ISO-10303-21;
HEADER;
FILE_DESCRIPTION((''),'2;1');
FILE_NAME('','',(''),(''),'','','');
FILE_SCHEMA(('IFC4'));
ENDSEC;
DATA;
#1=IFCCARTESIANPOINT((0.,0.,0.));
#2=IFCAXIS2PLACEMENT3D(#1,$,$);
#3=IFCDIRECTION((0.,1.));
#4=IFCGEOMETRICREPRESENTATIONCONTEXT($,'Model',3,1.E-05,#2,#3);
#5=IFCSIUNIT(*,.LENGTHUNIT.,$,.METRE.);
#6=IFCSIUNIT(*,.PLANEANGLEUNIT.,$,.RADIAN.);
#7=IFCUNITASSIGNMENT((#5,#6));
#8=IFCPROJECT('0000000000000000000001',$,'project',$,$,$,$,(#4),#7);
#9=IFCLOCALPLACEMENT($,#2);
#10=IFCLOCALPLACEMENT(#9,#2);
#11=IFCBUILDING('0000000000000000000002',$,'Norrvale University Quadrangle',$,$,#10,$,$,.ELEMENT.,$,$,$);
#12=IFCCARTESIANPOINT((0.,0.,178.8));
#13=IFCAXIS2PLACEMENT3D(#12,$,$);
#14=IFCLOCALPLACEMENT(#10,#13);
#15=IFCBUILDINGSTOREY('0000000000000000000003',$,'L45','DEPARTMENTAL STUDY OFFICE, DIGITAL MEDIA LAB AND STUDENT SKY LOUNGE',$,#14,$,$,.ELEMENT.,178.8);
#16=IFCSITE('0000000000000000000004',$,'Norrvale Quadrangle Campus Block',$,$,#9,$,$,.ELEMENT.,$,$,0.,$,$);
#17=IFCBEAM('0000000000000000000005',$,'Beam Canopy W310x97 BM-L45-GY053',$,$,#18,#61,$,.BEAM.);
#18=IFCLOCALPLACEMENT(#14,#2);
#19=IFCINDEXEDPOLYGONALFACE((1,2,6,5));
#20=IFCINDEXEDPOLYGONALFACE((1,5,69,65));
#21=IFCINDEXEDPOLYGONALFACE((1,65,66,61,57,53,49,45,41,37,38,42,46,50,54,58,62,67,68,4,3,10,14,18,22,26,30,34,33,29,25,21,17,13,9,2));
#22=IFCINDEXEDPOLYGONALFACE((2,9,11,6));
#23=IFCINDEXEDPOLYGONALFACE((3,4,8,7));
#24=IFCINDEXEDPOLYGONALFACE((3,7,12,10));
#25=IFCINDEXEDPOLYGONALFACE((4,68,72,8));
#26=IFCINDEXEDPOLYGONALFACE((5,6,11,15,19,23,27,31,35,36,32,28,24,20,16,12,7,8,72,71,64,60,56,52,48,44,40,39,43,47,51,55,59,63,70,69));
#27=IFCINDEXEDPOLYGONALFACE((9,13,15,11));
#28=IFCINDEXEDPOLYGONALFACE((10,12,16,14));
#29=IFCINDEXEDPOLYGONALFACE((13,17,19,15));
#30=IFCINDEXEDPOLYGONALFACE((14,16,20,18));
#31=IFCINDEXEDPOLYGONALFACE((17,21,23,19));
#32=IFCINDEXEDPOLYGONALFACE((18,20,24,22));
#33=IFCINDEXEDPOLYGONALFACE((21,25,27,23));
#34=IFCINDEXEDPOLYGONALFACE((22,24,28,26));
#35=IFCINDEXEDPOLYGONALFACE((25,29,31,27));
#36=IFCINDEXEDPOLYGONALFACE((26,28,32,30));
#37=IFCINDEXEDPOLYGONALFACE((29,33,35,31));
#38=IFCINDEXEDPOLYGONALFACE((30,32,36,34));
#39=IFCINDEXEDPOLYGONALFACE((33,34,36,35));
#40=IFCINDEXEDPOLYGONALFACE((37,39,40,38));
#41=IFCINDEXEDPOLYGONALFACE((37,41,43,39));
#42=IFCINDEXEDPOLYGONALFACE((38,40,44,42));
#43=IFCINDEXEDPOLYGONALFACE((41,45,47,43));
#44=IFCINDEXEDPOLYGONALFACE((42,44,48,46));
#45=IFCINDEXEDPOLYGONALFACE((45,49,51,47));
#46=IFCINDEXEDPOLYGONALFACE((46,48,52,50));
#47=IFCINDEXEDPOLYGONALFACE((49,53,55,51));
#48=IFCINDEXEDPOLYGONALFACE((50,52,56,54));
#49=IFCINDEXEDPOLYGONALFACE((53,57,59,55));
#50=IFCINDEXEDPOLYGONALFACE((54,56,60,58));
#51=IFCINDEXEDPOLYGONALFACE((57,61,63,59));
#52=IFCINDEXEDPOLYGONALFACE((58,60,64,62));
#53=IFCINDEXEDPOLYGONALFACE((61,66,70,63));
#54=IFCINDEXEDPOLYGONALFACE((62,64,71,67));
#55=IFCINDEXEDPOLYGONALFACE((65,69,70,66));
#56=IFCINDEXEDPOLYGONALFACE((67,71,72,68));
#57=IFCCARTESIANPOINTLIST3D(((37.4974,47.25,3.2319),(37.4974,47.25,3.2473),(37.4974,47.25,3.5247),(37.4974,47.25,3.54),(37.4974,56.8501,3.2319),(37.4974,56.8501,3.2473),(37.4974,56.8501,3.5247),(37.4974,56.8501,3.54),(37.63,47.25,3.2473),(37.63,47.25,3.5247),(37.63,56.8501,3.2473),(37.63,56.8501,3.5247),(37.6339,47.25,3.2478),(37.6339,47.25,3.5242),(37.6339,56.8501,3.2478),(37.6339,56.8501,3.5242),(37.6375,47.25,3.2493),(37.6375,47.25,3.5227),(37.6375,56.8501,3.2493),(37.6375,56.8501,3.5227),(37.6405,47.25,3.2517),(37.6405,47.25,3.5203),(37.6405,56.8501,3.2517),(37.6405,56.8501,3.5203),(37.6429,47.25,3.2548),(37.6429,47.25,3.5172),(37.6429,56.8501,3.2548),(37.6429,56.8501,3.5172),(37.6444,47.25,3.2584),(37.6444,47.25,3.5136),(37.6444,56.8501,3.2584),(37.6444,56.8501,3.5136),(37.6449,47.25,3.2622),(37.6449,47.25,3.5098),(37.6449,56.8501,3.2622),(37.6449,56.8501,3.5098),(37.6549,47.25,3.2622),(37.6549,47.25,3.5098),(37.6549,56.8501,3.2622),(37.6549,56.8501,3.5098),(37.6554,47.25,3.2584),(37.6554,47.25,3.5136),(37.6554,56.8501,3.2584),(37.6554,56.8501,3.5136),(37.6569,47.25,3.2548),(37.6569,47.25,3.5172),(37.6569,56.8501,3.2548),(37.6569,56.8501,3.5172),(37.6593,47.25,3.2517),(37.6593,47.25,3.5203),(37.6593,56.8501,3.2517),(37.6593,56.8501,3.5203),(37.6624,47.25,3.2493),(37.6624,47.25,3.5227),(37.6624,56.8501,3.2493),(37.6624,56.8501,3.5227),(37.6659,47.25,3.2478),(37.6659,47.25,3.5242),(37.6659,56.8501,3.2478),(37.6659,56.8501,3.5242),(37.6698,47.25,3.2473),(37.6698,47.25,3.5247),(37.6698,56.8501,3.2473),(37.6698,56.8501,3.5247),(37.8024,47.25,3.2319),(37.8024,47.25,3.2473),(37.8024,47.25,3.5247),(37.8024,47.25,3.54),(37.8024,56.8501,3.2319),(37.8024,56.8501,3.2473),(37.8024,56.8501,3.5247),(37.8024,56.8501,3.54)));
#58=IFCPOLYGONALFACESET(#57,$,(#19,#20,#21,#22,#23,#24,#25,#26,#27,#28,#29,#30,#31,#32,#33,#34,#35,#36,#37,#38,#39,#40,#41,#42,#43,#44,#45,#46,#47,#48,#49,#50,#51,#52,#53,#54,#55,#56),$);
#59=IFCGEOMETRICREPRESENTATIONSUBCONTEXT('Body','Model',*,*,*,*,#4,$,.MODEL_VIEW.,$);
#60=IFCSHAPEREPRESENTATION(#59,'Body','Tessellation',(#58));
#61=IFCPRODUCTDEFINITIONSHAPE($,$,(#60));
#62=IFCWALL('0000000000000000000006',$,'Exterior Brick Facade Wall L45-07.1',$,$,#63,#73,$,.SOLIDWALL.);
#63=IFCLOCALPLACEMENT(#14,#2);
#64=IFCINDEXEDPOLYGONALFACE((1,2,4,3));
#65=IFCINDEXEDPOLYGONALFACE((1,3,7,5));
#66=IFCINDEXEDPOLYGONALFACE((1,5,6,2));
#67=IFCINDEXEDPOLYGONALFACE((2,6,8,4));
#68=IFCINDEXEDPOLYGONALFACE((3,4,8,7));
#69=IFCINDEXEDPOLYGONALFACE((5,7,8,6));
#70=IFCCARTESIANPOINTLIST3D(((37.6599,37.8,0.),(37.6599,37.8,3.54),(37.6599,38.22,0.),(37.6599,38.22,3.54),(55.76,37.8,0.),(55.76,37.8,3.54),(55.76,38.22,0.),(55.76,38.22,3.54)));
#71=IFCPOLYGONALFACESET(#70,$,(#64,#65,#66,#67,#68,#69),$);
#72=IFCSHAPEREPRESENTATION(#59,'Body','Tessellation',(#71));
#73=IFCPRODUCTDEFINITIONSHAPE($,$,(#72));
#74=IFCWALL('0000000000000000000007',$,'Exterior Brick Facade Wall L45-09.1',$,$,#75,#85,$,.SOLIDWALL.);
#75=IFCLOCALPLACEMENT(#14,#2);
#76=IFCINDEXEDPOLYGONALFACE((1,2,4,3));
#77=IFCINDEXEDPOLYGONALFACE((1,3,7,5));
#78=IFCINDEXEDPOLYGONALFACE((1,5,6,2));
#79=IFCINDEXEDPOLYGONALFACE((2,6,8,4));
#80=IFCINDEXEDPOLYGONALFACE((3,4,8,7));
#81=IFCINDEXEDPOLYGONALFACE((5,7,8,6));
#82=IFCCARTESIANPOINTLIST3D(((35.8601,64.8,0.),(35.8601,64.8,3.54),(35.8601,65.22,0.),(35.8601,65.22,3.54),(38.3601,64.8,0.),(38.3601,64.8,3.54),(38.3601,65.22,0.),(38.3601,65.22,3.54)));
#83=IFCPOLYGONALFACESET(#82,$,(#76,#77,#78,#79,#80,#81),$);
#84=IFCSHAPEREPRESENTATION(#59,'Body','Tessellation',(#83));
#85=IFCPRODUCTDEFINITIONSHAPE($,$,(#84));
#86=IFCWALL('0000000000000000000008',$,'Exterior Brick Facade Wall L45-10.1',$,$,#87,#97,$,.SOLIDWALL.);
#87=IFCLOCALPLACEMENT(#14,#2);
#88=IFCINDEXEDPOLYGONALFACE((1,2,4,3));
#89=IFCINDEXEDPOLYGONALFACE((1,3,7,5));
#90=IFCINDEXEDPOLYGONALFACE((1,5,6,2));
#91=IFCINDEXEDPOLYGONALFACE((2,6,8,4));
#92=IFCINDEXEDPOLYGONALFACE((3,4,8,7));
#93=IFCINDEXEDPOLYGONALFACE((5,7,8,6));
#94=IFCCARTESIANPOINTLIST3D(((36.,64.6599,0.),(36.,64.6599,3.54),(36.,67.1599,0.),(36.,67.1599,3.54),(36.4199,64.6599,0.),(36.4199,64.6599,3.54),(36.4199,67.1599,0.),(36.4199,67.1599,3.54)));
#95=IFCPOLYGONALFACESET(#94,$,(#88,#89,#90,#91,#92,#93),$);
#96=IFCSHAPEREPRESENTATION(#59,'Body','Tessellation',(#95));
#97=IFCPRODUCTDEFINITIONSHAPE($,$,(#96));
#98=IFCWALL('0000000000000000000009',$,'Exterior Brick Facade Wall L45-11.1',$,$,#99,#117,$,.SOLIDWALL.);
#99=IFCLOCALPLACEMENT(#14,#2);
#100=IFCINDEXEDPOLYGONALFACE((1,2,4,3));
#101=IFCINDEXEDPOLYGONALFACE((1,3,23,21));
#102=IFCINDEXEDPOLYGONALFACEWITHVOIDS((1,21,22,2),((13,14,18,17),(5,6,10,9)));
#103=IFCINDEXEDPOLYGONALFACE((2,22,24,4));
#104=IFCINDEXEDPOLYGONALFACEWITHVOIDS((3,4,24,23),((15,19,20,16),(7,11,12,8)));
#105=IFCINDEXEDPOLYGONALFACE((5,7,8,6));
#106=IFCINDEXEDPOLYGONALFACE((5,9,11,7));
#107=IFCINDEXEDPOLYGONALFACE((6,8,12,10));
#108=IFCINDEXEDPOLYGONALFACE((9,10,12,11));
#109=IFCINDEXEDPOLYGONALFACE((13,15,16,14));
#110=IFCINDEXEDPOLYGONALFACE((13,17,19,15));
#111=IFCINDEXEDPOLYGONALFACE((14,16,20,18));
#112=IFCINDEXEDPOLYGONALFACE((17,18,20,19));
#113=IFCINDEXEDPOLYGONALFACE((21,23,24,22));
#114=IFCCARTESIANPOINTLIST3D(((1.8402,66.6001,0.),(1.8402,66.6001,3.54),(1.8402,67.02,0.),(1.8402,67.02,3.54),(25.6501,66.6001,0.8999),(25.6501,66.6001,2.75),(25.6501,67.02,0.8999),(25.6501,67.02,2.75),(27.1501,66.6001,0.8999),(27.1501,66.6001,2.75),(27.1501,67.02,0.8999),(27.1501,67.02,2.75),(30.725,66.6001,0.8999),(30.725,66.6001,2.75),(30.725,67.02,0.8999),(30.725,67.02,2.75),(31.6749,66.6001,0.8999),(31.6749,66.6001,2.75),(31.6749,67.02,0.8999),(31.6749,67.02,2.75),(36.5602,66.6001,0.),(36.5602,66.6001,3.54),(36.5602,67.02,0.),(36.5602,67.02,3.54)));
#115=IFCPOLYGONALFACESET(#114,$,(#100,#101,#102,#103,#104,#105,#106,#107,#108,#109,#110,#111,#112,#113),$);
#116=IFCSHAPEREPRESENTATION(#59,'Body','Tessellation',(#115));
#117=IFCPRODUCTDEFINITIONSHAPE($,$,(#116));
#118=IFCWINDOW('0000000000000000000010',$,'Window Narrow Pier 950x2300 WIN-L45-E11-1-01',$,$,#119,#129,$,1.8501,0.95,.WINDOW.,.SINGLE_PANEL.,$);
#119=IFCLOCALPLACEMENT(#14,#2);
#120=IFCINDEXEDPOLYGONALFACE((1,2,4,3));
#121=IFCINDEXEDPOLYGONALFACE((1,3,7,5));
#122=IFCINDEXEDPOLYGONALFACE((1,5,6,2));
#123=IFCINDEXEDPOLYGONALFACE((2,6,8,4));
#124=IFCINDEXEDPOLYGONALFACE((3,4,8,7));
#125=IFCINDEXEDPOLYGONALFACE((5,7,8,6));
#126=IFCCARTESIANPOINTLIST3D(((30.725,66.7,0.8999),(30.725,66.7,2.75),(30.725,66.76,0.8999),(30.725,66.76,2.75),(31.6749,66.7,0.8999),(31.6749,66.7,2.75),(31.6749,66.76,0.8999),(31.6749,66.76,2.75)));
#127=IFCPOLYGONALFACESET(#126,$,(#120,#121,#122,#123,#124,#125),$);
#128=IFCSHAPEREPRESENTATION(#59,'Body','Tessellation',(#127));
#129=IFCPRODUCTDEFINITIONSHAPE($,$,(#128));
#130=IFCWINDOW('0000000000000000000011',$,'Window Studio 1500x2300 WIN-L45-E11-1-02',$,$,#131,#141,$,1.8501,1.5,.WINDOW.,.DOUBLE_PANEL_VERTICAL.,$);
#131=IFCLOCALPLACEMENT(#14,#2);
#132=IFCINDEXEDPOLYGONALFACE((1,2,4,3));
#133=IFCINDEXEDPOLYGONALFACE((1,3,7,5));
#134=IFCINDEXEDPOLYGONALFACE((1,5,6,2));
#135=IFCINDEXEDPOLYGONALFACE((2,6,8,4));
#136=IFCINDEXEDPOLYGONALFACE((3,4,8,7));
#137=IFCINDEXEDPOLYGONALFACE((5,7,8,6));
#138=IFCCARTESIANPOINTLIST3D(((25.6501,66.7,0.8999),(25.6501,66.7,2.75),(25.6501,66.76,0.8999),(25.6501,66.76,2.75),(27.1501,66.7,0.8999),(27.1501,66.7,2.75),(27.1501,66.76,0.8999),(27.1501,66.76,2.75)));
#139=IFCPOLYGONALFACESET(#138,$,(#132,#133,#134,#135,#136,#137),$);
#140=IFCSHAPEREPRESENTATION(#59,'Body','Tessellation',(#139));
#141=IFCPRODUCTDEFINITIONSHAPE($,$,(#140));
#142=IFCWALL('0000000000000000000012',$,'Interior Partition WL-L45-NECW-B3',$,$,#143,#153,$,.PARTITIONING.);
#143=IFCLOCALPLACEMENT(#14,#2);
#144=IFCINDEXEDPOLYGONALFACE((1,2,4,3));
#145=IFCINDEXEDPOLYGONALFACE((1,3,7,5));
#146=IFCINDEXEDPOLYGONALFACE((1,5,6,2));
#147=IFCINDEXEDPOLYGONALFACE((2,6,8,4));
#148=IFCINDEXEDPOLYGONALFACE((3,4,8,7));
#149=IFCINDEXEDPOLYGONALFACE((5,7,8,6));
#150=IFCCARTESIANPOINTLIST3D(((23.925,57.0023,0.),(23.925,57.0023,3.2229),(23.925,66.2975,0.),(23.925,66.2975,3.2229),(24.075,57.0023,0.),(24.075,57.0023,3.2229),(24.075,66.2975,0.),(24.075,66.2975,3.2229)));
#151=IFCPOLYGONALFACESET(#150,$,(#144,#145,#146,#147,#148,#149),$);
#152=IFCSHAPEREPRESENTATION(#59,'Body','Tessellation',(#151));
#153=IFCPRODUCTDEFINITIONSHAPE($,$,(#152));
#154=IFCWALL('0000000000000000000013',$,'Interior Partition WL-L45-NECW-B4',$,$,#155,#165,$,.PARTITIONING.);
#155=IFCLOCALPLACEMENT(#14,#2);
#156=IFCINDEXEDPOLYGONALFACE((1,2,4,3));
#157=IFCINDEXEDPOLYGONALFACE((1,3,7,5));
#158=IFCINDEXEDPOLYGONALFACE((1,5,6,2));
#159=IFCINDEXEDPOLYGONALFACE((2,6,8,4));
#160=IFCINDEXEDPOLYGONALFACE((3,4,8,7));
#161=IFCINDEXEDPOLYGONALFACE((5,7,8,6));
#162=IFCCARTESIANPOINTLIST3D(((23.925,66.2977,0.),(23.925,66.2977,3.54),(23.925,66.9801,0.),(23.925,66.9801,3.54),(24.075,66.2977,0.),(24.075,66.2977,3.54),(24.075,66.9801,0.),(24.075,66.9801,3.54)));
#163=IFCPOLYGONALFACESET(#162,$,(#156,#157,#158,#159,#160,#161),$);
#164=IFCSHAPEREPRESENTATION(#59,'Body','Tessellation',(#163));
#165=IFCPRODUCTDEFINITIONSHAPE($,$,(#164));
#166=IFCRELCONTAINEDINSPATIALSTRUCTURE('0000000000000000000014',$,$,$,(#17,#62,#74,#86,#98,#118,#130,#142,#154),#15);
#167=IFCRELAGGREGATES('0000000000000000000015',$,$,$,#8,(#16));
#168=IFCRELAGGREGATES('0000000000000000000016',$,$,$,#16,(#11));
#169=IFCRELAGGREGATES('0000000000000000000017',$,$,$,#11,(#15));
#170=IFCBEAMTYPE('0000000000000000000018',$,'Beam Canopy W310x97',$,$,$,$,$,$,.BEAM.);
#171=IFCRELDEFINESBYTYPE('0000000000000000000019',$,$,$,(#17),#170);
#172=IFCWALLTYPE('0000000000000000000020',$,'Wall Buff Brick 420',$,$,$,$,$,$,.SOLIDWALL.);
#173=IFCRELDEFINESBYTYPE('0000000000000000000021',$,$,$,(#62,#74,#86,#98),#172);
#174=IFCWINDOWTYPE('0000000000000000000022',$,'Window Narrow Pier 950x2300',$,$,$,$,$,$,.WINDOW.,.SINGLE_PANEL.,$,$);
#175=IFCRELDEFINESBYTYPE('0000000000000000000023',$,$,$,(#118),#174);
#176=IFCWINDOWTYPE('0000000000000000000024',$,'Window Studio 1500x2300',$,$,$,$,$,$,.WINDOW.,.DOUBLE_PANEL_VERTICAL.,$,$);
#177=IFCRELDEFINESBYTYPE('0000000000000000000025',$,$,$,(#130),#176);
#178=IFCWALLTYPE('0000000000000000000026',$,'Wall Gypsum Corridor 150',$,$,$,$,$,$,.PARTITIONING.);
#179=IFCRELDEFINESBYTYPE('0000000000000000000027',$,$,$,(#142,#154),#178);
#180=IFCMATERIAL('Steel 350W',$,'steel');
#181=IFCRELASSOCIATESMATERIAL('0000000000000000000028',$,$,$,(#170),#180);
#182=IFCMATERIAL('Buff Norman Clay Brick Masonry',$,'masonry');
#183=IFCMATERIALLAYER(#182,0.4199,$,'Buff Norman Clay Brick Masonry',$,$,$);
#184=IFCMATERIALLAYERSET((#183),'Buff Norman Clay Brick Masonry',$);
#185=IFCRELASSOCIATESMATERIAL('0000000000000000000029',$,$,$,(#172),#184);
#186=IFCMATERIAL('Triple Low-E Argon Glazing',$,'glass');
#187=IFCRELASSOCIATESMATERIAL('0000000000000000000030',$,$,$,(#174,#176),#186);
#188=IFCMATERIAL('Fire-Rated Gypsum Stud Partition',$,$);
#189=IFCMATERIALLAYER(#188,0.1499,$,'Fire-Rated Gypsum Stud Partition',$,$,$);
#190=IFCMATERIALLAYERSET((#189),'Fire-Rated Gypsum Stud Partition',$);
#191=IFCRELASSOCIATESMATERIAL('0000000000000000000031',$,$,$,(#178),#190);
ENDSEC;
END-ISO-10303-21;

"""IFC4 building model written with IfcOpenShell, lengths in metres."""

from ifc_helpers import new_model, si_unit, direction, frame, frame_2d, origin, origin_2d, place, context, subcontext, project, spatial, rectangle, i_section, extrude, material, layer, layer_set, material_profile, profile_set, type_object, element, fill, save


model = new_model("IFC4")

# Units and contexts
model_context = context("Model", 3, precision=1e-05, world=origin(), true_north=direction((0.0, 1.0)))
body_context = subcontext(model_context, "Body", "Model", "MODEL_VIEW")
ifc_project = project(units=[si_unit("LENGTHUNIT", "METRE"), si_unit("PLANEANGLEUNIT", "RADIAN")], contexts=[model_context])

# Site, building, storey
site_placement = place(None, origin())
site = spatial("IfcSite", under=ifc_project, at=site_placement, Name="Norrvale Quadrangle Campus Block", CompositionType="ELEMENT", RefElevation=0.0)
building_placement = place(site_placement, origin())
building = spatial("IfcBuilding", under=site, at=building_placement, Name="Norrvale University Quadrangle", CompositionType="ELEMENT")
storey_placement = place(building_placement, frame((0.0, 0.0, 178.8)))
storey = spatial("IfcBuildingStorey", under=building, at=storey_placement, Name="L45", Description="DEPARTMENTAL STUDY OFFICE, DIGITAL MEDIA LAB AND STUDENT SKY LOUNGE", CompositionType="ELEMENT", Elevation=178.8)

# Beam
ifc_material_1 = material(Name="Steel 350W", Category="steel")
ifc_material_profile_1 = material_profile(ifc_material_1, i_section(OverallWidth=0.3049, OverallDepth=0.3081, WebThickness=0.01, FlangeThickness=0.0154, FilletRadius=0.0149, at=origin_2d()), Name="Steel 350W")
ifc_profile_set_1 = profile_set([ifc_material_profile_1], Name="Steel 350W")
beam_type_1 = type_object("IfcBeamType", Name="Beam Canopy W310x97", PredefinedType="BEAM", material=ifc_profile_set_1)
beam_1_placement = place(storey_placement, frame((37.6499, 47.25, 3.386), z_axis=(0.0, 1.0, 0.0), x_axis=(-1.0, 0.0, 0.0)))
element("IfcBeam", 1, at=beam_1_placement, inside=storey, type_object=beam_type_1, Name="Beam Canopy W310x97 BM-L45-GY053", PredefinedType="BEAM", context=body_context, shape_type="SweptSolid", body=[
    extrude(i_section(OverallWidth=0.3049, OverallDepth=0.3081, WebThickness=0.01, FlangeThickness=0.0154, FilletRadius=0.0149, at=origin_2d()), origin(), (0.0, 0.0, 1.0), 9.6001),
])

# Walls
ifc_material_2 = material(Name="Buff Norman Clay Brick Masonry", Category="masonry")
ifc_layer_1 = layer(ifc_material_2, 0.4199, Name="Buff Norman Clay Brick Masonry")
ifc_layer_set_1 = layer_set([ifc_layer_1], Name="Buff Norman Clay Brick Masonry")
wall_type_1 = type_object("IfcWallType", Name="Wall Buff Brick 420", PredefinedType="SOLIDWALL", material=ifc_layer_set_1)
wall_1_placement = place(storey_placement, frame((55.76, 38.01, 0.0), z_axis=(0.0, 0.0, 1.0), x_axis=(-1.0, 0.0, 0.0)))
element("IfcWall", 2, at=wall_1_placement, inside=storey, type_object=wall_type_1, Name="Exterior Brick Facade Wall L45-07.1", PredefinedType="SOLIDWALL", context=body_context, shape_type="SweptSolid", body=[
    extrude(rectangle(XDim=18.1001, YDim=0.4199, at=frame_2d((9.05, 0.0))), origin(), (0.0, 0.0, 1.0), 3.54),
])
for number, where, z_axis, x_axis, name in (
    (3, (38.3601, 65.01, 0.0), (0.0, 0.0, 1.0), (-1.0, 0.0, 0.0), "Exterior Brick Facade Wall L45-09.1"),
    (4, (36.21, 64.6599, 0.0), (0.0, 0.0, 1.0), (0.0, 1.0, 0.0), "Exterior Brick Facade Wall L45-10.1"),
):
    element("IfcWall", number, at=place(storey_placement, frame(where, z_axis=z_axis, x_axis=x_axis)), inside=storey, type_object=wall_type_1, Name=name, PredefinedType="SOLIDWALL", context=body_context, shape_type="SweptSolid", body=[
        extrude(rectangle(XDim=2.5, YDim=0.4199, at=frame_2d((1.25, 0.0))), origin(), (0.0, 0.0, 1.0), 3.54),
    ])

# Wall, openings, windows
wall_2_placement = place(storey_placement, frame((36.5601, 66.8101, 0.0), z_axis=(0.0, 0.0, 1.0), x_axis=(-1.0, 0.0, 0.0)))
wall_2 = element("IfcWall", 5, at=wall_2_placement, inside=storey, type_object=wall_type_1, Name="Exterior Brick Facade Wall L45-11.1", PredefinedType="SOLIDWALL", context=body_context, shape_type="SweptSolid", body=[
    extrude(rectangle(XDim=34.72, YDim=0.4199, at=frame_2d((17.3599, 0.0))), origin(), (0.0, 0.0, 1.0), 3.54),
])
opening_1_placement = place(wall_2_placement, frame((4.885, 0.0, 0.8999)))
opening_1 = element("IfcOpeningElement", 6, at=opening_1_placement, cuts=wall_2, PredefinedType="OPENING", context=body_context, shape_type="SweptSolid", body=[
    extrude(rectangle(XDim=0.95, YDim=1.8501, at=frame_2d((0.4751, 0.925))), frame((0.0, 0.2219, 0.0), z_axis=(0.0, -1.0, 0.0), x_axis=(1.0, 0.0, 0.0)), (0.0, 0.0, 1.0), 0.4438),
])
opening_2_placement = place(wall_2_placement, frame((9.4099, 0.0, 0.8999)))
opening_2 = element("IfcOpeningElement", 7, at=opening_2_placement, cuts=wall_2, PredefinedType="OPENING", context=body_context, shape_type="SweptSolid", body=[
    extrude(rectangle(XDim=1.5, YDim=1.8501, at=frame_2d((0.75, 0.925))), frame((0.0, 0.2219, 0.0), z_axis=(0.0, -1.0, 0.0), x_axis=(1.0, 0.0, 0.0)), (0.0, 0.0, 1.0), 0.4438),
])
ifc_material_3 = material(Name="Triple Low-E Argon Glazing", Category="glass")
window_type_1 = type_object("IfcWindowType", Name="Window Narrow Pier 950x2300", PartitioningType="SINGLE_PANEL", PredefinedType="WINDOW", material=ifc_material_3)
window_1_placement = place(opening_1_placement, origin())
window_1 = element("IfcWindow", 8, at=window_1_placement, inside=storey, type_object=window_type_1, Name="Window Narrow Pier 950x2300 WIN-L45-E11-1-01", OverallHeight=1.8501, OverallWidth=0.95, PartitioningType="SINGLE_PANEL", PredefinedType="WINDOW", context=body_context, shape_type="SweptSolid", body=[
    extrude(rectangle(XDim=0.95, YDim=1.8501, at=frame_2d((0.4751, 0.925))), frame((0.0, 0.1101, 0.0), z_axis=(0.0, -1.0, 0.0), x_axis=(1.0, 0.0, 0.0)), (0.0, 0.0, 1.0), 0.0601),
])
fill(opening_1, window_1)
window_type_2 = type_object("IfcWindowType", Name="Window Studio 1500x2300", PartitioningType="DOUBLE_PANEL_VERTICAL", PredefinedType="WINDOW", material=ifc_material_3)
window_2_placement = place(opening_2_placement, origin())
window_2 = element("IfcWindow", 9, at=window_2_placement, inside=storey, type_object=window_type_2, Name="Window Studio 1500x2300 WIN-L45-E11-1-02", OverallHeight=1.8501, OverallWidth=1.5, PartitioningType="DOUBLE_PANEL_VERTICAL", PredefinedType="WINDOW", context=body_context, shape_type="SweptSolid", body=[
    extrude(rectangle(XDim=1.5, YDim=1.8501, at=frame_2d((0.75, 0.925))), frame((0.0, 0.1101, 0.0), z_axis=(0.0, -1.0, 0.0), x_axis=(1.0, 0.0, 0.0)), (0.0, 0.0, 1.0), 0.0601),
])
fill(opening_2, window_2)

# Walls
ifc_material_4 = material(Name="Fire-Rated Gypsum Stud Partition")
ifc_layer_2 = layer(ifc_material_4, 0.1499, Name="Fire-Rated Gypsum Stud Partition")
ifc_layer_set_2 = layer_set([ifc_layer_2], Name="Fire-Rated Gypsum Stud Partition")
wall_type_2 = type_object("IfcWallType", Name="Wall Gypsum Corridor 150", PredefinedType="PARTITIONING", material=ifc_layer_set_2)
wall_3_placement = place(storey_placement, frame((24.0, 57.0024, 0.0), z_axis=(0.0, 0.0, 1.0), x_axis=(0.0, 1.0, 0.0)))
element("IfcWall", 10, at=wall_3_placement, inside=storey, type_object=wall_type_2, Name="Interior Partition WL-L45-NECW-B3", PredefinedType="PARTITIONING", context=body_context, shape_type="SweptSolid", body=[
    extrude(rectangle(XDim=9.2952, YDim=0.1499, at=frame_2d((4.6475, 0.0))), origin(), (0.0, 0.0, 1.0), 3.2229),
])
wall_4_placement = place(storey_placement, frame((24.0, 66.2976, 0.0), z_axis=(0.0, 0.0, 1.0), x_axis=(0.0, 1.0, 0.0)))
element("IfcWall", 11, at=wall_4_placement, inside=storey, type_object=wall_type_2, Name="Interior Partition WL-L45-NECW-B4", PredefinedType="PARTITIONING", context=body_context, shape_type="SweptSolid", body=[
    extrude(rectangle(XDim=0.6824, YDim=0.1499, at=frame_2d((0.3413, 0.0))), origin(), (0.0, 0.0, 1.0), 3.54),
])

save(model, "model.ifc")
